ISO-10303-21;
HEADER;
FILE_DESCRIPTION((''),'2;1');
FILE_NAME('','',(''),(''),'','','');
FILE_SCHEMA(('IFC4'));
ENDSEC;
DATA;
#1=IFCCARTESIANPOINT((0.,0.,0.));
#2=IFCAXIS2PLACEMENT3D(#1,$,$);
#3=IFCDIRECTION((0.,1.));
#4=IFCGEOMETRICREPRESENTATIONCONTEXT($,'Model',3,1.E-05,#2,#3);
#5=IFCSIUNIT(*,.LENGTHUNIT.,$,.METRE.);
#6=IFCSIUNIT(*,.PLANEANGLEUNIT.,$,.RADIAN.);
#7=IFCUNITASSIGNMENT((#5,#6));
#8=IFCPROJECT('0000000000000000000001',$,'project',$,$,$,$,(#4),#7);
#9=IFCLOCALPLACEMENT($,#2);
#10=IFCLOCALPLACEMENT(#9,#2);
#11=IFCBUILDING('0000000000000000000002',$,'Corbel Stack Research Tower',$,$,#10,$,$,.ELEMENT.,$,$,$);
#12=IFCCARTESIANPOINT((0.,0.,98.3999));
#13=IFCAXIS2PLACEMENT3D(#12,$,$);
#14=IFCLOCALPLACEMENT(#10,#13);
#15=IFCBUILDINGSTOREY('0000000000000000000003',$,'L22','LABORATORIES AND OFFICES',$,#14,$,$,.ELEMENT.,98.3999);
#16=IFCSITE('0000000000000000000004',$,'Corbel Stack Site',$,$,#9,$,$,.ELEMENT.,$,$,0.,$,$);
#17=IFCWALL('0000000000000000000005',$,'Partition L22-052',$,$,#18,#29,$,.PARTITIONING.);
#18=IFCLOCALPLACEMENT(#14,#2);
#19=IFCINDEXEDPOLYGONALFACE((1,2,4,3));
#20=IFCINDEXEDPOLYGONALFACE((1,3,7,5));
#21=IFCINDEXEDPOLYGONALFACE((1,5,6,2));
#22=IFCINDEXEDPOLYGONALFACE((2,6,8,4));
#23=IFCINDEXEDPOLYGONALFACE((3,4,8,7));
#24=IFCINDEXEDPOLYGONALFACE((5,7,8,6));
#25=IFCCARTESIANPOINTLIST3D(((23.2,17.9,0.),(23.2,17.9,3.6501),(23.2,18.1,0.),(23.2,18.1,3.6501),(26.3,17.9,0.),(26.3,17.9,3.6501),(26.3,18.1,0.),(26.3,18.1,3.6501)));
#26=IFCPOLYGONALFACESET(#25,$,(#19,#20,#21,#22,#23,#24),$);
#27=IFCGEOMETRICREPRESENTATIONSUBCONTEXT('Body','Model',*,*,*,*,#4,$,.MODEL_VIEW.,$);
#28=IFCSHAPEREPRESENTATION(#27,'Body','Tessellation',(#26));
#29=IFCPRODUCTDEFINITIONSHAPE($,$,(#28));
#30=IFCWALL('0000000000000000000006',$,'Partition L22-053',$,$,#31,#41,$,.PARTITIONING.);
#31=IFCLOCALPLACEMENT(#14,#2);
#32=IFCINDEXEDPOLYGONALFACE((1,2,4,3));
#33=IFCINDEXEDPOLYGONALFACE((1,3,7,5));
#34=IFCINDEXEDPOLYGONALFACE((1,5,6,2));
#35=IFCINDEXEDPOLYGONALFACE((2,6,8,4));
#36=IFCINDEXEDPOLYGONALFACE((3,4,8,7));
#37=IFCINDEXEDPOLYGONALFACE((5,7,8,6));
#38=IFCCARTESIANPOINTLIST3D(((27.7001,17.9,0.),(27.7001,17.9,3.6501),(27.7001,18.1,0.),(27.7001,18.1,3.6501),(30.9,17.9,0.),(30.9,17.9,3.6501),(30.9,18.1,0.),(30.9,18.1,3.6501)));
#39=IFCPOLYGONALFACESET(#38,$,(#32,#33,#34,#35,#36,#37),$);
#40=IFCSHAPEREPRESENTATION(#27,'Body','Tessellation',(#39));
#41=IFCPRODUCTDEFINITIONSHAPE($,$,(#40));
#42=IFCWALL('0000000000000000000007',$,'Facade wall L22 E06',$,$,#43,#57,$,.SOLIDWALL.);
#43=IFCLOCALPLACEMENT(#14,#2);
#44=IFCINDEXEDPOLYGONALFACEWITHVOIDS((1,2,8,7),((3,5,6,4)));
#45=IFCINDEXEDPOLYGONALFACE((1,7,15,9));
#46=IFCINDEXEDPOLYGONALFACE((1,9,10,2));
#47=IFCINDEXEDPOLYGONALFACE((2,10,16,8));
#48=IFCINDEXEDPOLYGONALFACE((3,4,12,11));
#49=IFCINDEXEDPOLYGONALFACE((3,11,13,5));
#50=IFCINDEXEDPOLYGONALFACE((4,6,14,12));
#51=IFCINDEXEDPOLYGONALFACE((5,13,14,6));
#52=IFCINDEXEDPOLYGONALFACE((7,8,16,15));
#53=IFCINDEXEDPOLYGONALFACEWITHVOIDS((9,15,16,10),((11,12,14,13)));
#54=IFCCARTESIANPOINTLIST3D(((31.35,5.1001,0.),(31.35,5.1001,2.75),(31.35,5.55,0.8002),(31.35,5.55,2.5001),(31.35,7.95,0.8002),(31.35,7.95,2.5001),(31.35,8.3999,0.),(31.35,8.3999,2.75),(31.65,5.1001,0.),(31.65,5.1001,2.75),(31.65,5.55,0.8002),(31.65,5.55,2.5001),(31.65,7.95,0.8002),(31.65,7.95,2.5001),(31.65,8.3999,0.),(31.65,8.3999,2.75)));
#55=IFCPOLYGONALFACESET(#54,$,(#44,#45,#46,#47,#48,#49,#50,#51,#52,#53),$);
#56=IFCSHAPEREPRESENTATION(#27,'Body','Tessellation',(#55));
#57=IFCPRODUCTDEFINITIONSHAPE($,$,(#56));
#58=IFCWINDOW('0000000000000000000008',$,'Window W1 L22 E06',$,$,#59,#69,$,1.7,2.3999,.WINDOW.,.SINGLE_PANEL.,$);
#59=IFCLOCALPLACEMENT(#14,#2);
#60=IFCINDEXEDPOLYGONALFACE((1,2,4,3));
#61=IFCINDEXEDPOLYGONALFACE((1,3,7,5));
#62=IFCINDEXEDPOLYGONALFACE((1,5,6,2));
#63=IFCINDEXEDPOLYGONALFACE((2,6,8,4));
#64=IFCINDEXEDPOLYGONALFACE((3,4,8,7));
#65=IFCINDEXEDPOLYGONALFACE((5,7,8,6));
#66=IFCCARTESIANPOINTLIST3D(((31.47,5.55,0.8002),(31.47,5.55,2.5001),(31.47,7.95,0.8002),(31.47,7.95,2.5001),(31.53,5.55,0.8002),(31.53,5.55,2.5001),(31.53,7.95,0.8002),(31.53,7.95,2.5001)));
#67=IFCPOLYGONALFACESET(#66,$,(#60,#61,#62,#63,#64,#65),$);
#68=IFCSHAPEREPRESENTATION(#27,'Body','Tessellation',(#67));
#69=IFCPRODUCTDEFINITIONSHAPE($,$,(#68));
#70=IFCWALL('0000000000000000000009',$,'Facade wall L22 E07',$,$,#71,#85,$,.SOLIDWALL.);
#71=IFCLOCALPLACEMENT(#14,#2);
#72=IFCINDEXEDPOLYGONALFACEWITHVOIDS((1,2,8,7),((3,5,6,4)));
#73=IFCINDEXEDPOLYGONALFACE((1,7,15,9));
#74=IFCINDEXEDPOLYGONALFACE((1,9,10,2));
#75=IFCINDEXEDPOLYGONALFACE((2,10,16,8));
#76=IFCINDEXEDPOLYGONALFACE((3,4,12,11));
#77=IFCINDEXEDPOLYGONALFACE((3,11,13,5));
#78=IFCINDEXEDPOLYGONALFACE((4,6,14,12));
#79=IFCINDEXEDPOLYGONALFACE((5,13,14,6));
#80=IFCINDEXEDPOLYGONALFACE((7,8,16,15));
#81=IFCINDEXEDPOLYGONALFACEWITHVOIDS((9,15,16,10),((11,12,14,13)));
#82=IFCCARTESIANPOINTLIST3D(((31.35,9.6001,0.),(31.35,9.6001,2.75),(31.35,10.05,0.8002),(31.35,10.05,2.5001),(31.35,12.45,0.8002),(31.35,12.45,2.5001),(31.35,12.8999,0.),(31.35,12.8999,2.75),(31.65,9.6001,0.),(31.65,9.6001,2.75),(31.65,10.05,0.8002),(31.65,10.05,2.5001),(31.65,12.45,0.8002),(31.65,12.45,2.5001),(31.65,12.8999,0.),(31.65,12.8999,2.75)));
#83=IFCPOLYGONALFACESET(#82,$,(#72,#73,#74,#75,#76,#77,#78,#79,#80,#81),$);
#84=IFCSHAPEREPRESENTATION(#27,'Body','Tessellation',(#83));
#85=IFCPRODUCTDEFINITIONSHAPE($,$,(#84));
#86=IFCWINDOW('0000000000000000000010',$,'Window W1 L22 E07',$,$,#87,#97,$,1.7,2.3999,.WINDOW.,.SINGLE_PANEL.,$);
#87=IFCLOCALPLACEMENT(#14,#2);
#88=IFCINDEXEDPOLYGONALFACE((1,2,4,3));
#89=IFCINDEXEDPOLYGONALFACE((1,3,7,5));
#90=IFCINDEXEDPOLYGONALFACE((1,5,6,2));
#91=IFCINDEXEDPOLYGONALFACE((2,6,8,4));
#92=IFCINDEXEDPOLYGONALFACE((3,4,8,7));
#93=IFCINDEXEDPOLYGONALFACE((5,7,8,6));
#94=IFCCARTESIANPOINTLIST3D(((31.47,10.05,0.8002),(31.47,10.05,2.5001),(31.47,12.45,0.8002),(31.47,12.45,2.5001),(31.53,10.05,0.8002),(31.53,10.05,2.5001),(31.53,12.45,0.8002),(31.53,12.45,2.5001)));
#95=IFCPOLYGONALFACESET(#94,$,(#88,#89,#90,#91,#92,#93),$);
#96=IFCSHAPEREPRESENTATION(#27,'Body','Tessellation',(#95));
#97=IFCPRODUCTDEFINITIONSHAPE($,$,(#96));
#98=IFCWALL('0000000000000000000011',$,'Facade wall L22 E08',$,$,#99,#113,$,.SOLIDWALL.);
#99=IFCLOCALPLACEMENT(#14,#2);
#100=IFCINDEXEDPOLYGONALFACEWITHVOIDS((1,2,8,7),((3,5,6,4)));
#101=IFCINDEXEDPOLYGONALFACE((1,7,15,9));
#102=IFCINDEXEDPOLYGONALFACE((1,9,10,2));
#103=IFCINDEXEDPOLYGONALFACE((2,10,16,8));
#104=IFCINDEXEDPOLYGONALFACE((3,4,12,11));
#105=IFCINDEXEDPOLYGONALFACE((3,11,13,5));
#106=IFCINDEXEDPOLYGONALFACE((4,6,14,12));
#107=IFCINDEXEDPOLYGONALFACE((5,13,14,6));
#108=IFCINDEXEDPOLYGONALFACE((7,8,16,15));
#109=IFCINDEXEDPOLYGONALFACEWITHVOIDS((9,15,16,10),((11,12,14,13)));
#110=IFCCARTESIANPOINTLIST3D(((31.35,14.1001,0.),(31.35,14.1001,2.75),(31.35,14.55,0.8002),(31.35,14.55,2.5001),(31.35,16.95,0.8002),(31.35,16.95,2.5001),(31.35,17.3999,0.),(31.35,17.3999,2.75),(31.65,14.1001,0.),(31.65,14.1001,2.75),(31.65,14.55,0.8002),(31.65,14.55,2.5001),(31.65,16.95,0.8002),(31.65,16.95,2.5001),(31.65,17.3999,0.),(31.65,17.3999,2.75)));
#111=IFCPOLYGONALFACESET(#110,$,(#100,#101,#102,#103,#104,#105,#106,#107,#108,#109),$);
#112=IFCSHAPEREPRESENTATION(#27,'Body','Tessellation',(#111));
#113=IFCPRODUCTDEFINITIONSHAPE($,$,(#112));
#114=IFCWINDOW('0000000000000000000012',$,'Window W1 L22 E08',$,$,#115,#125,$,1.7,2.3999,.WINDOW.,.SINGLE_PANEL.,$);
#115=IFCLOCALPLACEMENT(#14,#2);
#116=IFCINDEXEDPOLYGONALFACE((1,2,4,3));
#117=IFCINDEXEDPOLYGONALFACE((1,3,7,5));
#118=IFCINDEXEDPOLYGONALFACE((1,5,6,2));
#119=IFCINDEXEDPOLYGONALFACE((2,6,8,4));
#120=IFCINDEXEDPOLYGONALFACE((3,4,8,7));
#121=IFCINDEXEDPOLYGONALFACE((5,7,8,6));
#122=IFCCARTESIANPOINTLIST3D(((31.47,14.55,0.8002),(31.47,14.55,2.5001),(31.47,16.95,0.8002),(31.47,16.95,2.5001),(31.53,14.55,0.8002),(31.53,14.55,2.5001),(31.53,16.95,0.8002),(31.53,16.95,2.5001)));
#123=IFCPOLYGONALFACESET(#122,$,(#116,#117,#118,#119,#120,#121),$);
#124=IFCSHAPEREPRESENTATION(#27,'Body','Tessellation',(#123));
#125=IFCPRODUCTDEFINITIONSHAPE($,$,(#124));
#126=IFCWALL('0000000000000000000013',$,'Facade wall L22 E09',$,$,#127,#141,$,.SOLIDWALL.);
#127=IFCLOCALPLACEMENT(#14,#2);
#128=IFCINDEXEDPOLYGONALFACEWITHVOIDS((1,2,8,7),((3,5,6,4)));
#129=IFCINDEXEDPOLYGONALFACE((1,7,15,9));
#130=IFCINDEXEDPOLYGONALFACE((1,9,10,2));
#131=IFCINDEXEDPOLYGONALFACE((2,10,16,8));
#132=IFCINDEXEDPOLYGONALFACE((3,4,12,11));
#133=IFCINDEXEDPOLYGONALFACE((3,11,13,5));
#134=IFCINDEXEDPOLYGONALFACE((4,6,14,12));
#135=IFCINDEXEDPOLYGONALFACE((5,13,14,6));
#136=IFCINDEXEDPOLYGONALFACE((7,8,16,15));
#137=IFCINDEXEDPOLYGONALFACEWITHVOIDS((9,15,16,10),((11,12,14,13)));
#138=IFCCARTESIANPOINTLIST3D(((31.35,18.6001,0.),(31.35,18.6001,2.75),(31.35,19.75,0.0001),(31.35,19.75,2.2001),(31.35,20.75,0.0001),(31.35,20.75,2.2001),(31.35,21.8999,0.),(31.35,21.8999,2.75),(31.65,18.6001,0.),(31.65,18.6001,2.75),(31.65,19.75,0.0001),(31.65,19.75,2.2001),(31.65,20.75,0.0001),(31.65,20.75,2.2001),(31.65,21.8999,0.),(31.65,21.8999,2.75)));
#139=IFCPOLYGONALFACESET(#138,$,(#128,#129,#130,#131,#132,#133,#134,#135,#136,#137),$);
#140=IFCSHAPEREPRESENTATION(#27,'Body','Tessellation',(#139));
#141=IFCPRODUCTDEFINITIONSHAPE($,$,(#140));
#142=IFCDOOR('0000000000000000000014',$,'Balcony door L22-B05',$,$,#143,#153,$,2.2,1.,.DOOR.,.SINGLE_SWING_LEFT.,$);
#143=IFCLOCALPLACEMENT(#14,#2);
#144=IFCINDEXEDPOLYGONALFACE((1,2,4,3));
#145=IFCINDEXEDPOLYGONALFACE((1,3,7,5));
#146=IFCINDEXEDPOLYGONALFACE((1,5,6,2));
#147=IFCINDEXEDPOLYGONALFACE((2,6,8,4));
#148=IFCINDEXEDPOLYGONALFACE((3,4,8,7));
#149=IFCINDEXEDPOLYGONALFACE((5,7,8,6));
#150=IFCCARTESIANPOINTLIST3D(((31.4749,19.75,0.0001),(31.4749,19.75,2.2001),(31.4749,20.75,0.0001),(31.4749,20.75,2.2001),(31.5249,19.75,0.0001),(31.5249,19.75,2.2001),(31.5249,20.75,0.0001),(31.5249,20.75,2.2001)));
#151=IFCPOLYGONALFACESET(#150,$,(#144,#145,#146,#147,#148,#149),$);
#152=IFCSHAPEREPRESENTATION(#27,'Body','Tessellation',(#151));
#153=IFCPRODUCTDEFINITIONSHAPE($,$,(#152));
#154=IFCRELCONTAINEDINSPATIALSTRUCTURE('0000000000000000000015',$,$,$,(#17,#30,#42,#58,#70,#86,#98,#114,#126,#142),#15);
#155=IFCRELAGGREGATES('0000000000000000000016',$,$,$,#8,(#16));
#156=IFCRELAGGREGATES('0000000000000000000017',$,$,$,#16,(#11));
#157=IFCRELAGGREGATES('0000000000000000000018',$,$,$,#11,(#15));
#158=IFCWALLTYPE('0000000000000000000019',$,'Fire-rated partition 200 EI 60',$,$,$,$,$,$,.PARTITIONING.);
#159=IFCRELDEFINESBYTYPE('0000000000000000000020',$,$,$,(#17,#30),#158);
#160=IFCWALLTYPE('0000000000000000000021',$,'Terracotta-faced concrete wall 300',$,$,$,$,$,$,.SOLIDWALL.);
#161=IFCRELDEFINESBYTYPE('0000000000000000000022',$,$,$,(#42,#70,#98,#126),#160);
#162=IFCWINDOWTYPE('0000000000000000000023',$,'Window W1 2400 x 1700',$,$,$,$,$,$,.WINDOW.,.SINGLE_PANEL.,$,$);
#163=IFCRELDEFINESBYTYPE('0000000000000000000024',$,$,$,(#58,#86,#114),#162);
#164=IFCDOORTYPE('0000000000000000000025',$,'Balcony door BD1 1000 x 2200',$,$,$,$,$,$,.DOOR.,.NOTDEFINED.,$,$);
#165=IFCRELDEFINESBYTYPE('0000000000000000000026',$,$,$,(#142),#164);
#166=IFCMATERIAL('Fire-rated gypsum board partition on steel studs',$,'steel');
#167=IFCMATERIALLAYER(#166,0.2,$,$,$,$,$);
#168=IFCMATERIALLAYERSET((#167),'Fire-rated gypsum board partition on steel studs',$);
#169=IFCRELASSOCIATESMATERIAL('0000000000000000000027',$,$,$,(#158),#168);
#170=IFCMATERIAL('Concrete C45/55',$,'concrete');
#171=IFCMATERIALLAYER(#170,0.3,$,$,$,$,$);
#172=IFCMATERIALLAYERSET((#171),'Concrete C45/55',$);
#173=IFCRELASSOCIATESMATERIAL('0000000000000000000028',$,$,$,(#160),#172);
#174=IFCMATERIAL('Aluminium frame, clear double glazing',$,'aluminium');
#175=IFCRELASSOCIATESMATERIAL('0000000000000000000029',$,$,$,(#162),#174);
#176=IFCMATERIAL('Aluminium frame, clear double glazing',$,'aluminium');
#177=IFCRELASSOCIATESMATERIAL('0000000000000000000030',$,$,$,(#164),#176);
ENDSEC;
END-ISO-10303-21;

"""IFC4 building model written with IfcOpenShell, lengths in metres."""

from ifc_helpers import new_model, si_unit, direction, frame, frame_2d, origin, place, context, subcontext, project, spatial, rectangle, extrude, material, layer, layer_set, type_object, element, fill, save


model = new_model("IFC4")

# Units and contexts
model_context = context("Model", 3, precision=1e-05, world=origin(), true_north=direction((0.0, 1.0)))
body_context = subcontext(model_context, "Body", "Model", "MODEL_VIEW")
ifc_project = project(units=[si_unit("LENGTHUNIT", "METRE"), si_unit("PLANEANGLEUNIT", "RADIAN")], contexts=[model_context])

# Site, building, storey
site_placement = place(None, origin())
site = spatial("IfcSite", under=ifc_project, at=site_placement, Name="Corbel Stack Site", CompositionType="ELEMENT", RefElevation=0.0)
building_placement = place(site_placement, origin())
building = spatial("IfcBuilding", under=site, at=building_placement, Name="Corbel Stack Research Tower", CompositionType="ELEMENT")
storey_placement = place(building_placement, frame((0.0, 0.0, 98.3999)))
storey = spatial("IfcBuildingStorey", under=building, at=storey_placement, Name="L22", Description="LABORATORIES AND OFFICES", CompositionType="ELEMENT", Elevation=98.3999)

# Walls
ifc_material_1 = material(Name="Fire-rated gypsum board partition on steel studs", Category="steel")
ifc_layer_1 = layer(ifc_material_1, 0.2)
ifc_layer_set_1 = layer_set([ifc_layer_1], Name="Fire-rated gypsum board partition on steel studs")
wall_type_1 = type_object("IfcWallType", Name="Fire-rated partition 200 EI 60", PredefinedType="PARTITIONING", material=ifc_layer_set_1)
wall_1_placement = place(storey_placement, frame((23.2, 18.0, 0.0), z_axis=(0.0, 0.0, 1.0), x_axis=(1.0, 0.0, 0.0)))
element("IfcWall", 1, at=wall_1_placement, inside=storey, type_object=wall_type_1, Name="Partition L22-052", PredefinedType="PARTITIONING", context=body_context, shape_type="SweptSolid", body=[
    extrude(rectangle(XDim=3.1001, YDim=0.2, at=frame_2d((1.55, 0.0))), origin(), (0.0, 0.0, 1.0), 3.6501),
])
wall_2_placement = place(storey_placement, frame((27.7, 18.0, 0.0), z_axis=(0.0, 0.0, 1.0), x_axis=(1.0, 0.0, 0.0)))
element("IfcWall", 2, at=wall_2_placement, inside=storey, type_object=wall_type_1, Name="Partition L22-053", PredefinedType="PARTITIONING", context=body_context, shape_type="SweptSolid", body=[
    extrude(rectangle(XDim=3.2, YDim=0.2, at=frame_2d((1.6001, 0.0))), origin(), (0.0, 0.0, 1.0), 3.6501),
])

# Walls, openings, windows
ifc_material_2 = material(Name="Concrete C45/55", Category="concrete")
ifc_layer_2 = layer(ifc_material_2, 0.3)
ifc_layer_set_2 = layer_set([ifc_layer_2], Name="Concrete C45/55")
wall_type_2 = type_object("IfcWallType", Name="Terracotta-faced concrete wall 300", PredefinedType="SOLIDWALL", material=ifc_layer_set_2)
wall_3_placement = place(storey_placement, frame((31.5, 8.3999, 0.0), z_axis=(0.0, 0.0, 1.0), x_axis=(0.0, -1.0, 0.0)))
wall_3 = element("IfcWall", 3, at=wall_3_placement, inside=storey, type_object=wall_type_2, Name="Facade wall L22 E06", PredefinedType="SOLIDWALL", context=body_context, shape_type="SweptSolid", body=[
    extrude(rectangle(XDim=3.2998, YDim=0.3, at=frame_2d((1.6499, 0.0))), origin(), (0.0, 0.0, 1.0), 2.75),
])
opening_1_placement = place(wall_3_placement, frame((0.45, 0.0, 0.8)))
opening_1 = element("IfcOpeningElement", 4, at=opening_1_placement, cuts=wall_3, PredefinedType="OPENING", context=body_context, shape_type="SweptSolid", body=[
    extrude(rectangle(XDim=2.3999, YDim=1.7, at=frame_2d((1.2, 0.8501))), frame((0.0, 0.1599, 0.0), z_axis=(0.0, -1.0, 0.0), x_axis=(1.0, 0.0, 0.0)), (0.0, 0.0, 1.0), 0.3201),
])
ifc_material_3 = material(Name="Aluminium frame, clear double glazing", Category="aluminium")
window_type = type_object("IfcWindowType", Name="Window W1 2400 x 1700", PartitioningType="SINGLE_PANEL", PredefinedType="WINDOW", material=ifc_material_3)
window_1_placement = place(opening_1_placement, origin())
window_1 = element("IfcWindow", 5, at=window_1_placement, inside=storey, type_object=window_type, Name="Window W1 L22 E06", OverallHeight=1.7, OverallWidth=2.3999, PartitioningType="SINGLE_PANEL", PredefinedType="WINDOW", context=body_context, shape_type="SweptSolid", body=[
    extrude(rectangle(XDim=2.3999, YDim=1.7, at=frame_2d((1.2, 0.8501))), frame((0.0, 0.03, 0.0), z_axis=(0.0, -1.0, 0.0), x_axis=(1.0, 0.0, 0.0)), (0.0, 0.0, 1.0), 0.0601),
])
fill(opening_1, window_1)
wall_4_placement = place(storey_placement, frame((31.5, 12.8999, 0.0), z_axis=(0.0, 0.0, 1.0), x_axis=(0.0, -1.0, 0.0)))
wall_4 = element("IfcWall", 6, at=wall_4_placement, inside=storey, type_object=wall_type_2, Name="Facade wall L22 E07", PredefinedType="SOLIDWALL", context=body_context, shape_type="SweptSolid", body=[
    extrude(rectangle(XDim=3.2998, YDim=0.3, at=frame_2d((1.6499, 0.0))), origin(), (0.0, 0.0, 1.0), 2.75),
])
opening_2_placement = place(wall_4_placement, frame((0.45, 0.0, 0.8)))
opening_2 = element("IfcOpeningElement", 7, at=opening_2_placement, cuts=wall_4, PredefinedType="OPENING", context=body_context, shape_type="SweptSolid", body=[
    extrude(rectangle(XDim=2.3999, YDim=1.7, at=frame_2d((1.2, 0.8501))), frame((0.0, 0.1599, 0.0), z_axis=(0.0, -1.0, 0.0), x_axis=(1.0, 0.0, 0.0)), (0.0, 0.0, 1.0), 0.3201),
])
window_2_placement = place(opening_2_placement, origin())
window_2 = element("IfcWindow", 8, at=window_2_placement, inside=storey, type_object=window_type, Name="Window W1 L22 E07", OverallHeight=1.7, OverallWidth=2.3999, PartitioningType="SINGLE_PANEL", PredefinedType="WINDOW", context=body_context, shape_type="SweptSolid", body=[
    extrude(rectangle(XDim=2.3999, YDim=1.7, at=frame_2d((1.2, 0.8501))), frame((0.0, 0.03, 0.0), z_axis=(0.0, -1.0, 0.0), x_axis=(1.0, 0.0, 0.0)), (0.0, 0.0, 1.0), 0.0601),
])
fill(opening_2, window_2)
wall_5_placement = place(storey_placement, frame((31.5, 17.3999, 0.0), z_axis=(0.0, 0.0, 1.0), x_axis=(0.0, -1.0, 0.0)))
wall_5 = element("IfcWall", 9, at=wall_5_placement, inside=storey, type_object=wall_type_2, Name="Facade wall L22 E08", PredefinedType="SOLIDWALL", context=body_context, shape_type="SweptSolid", body=[
    extrude(rectangle(XDim=3.2998, YDim=0.3, at=frame_2d((1.6499, 0.0))), origin(), (0.0, 0.0, 1.0), 2.75),
])
opening_3_placement = place(wall_5_placement, frame((0.45, 0.0, 0.8)))
opening_3 = element("IfcOpeningElement", 10, at=opening_3_placement, cuts=wall_5, PredefinedType="OPENING", context=body_context, shape_type="SweptSolid", body=[
    extrude(rectangle(XDim=2.3999, YDim=1.7, at=frame_2d((1.2, 0.8501))), frame((0.0, 0.1599, 0.0), z_axis=(0.0, -1.0, 0.0), x_axis=(1.0, 0.0, 0.0)), (0.0, 0.0, 1.0), 0.3201),
])
window_3_placement = place(opening_3_placement, origin())
window_3 = element("IfcWindow", 11, at=window_3_placement, inside=storey, type_object=window_type, Name="Window W1 L22 E08", OverallHeight=1.7, OverallWidth=2.3999, PartitioningType="SINGLE_PANEL", PredefinedType="WINDOW", context=body_context, shape_type="SweptSolid", body=[
    extrude(rectangle(XDim=2.3999, YDim=1.7, at=frame_2d((1.2, 0.8501))), frame((0.0, 0.03, 0.0), z_axis=(0.0, -1.0, 0.0), x_axis=(1.0, 0.0, 0.0)), (0.0, 0.0, 1.0), 0.0601),
])
fill(opening_3, window_3)

# Wall, opening, door
wall_6_placement = place(storey_placement, frame((31.5, 21.8999, 0.0), z_axis=(0.0, 0.0, 1.0), x_axis=(0.0, -1.0, 0.0)))
wall_6 = element("IfcWall", 12, at=wall_6_placement, inside=storey, type_object=wall_type_2, Name="Facade wall L22 E09", PredefinedType="SOLIDWALL", context=body_context, shape_type="SweptSolid", body=[
    extrude(rectangle(XDim=3.2998, YDim=0.3, at=frame_2d((1.6499, 0.0))), origin(), (0.0, 0.0, 1.0), 2.75),
])
opening_4_placement = place(wall_6_placement, frame((1.1499, 0.0, 0.0)))
opening_4 = element("IfcOpeningElement", 13, at=opening_4_placement, cuts=wall_6, PredefinedType="OPENING", context=body_context, shape_type="SweptSolid", body=[
    extrude(rectangle(XDim=1.0, YDim=2.2, at=frame_2d((0.5, 1.1001))), frame((0.0, 0.1599, 0.0), z_axis=(0.0, -1.0, 0.0), x_axis=(1.0, 0.0, 0.0)), (0.0, 0.0, 1.0), 0.3201),
])
ifc_material_4 = material(Name="Aluminium frame, clear double glazing", Category="aluminium")
door_type = type_object("IfcDoorType", Name="Balcony door BD1 1000 x 2200", OperationType="NOTDEFINED", PredefinedType="DOOR", material=ifc_material_4)
door_placement = place(opening_4_placement, origin())
door = element("IfcDoor", 14, at=door_placement, inside=storey, type_object=door_type, Name="Balcony door L22-B05", OperationType="SINGLE_SWING_LEFT", OverallHeight=2.2, OverallWidth=1.0, PredefinedType="DOOR", context=body_context, shape_type="SweptSolid", body=[
    extrude(rectangle(XDim=1.0, YDim=2.2, at=frame_2d((0.5, 1.1001))), frame((0.0, 0.0249, 0.0), z_axis=(0.0, -1.0, 0.0), x_axis=(1.0, 0.0, 0.0)), (0.0, 0.0, 1.0), 0.05),
])
fill(opening_4, door)

save(model, "model.ifc")
